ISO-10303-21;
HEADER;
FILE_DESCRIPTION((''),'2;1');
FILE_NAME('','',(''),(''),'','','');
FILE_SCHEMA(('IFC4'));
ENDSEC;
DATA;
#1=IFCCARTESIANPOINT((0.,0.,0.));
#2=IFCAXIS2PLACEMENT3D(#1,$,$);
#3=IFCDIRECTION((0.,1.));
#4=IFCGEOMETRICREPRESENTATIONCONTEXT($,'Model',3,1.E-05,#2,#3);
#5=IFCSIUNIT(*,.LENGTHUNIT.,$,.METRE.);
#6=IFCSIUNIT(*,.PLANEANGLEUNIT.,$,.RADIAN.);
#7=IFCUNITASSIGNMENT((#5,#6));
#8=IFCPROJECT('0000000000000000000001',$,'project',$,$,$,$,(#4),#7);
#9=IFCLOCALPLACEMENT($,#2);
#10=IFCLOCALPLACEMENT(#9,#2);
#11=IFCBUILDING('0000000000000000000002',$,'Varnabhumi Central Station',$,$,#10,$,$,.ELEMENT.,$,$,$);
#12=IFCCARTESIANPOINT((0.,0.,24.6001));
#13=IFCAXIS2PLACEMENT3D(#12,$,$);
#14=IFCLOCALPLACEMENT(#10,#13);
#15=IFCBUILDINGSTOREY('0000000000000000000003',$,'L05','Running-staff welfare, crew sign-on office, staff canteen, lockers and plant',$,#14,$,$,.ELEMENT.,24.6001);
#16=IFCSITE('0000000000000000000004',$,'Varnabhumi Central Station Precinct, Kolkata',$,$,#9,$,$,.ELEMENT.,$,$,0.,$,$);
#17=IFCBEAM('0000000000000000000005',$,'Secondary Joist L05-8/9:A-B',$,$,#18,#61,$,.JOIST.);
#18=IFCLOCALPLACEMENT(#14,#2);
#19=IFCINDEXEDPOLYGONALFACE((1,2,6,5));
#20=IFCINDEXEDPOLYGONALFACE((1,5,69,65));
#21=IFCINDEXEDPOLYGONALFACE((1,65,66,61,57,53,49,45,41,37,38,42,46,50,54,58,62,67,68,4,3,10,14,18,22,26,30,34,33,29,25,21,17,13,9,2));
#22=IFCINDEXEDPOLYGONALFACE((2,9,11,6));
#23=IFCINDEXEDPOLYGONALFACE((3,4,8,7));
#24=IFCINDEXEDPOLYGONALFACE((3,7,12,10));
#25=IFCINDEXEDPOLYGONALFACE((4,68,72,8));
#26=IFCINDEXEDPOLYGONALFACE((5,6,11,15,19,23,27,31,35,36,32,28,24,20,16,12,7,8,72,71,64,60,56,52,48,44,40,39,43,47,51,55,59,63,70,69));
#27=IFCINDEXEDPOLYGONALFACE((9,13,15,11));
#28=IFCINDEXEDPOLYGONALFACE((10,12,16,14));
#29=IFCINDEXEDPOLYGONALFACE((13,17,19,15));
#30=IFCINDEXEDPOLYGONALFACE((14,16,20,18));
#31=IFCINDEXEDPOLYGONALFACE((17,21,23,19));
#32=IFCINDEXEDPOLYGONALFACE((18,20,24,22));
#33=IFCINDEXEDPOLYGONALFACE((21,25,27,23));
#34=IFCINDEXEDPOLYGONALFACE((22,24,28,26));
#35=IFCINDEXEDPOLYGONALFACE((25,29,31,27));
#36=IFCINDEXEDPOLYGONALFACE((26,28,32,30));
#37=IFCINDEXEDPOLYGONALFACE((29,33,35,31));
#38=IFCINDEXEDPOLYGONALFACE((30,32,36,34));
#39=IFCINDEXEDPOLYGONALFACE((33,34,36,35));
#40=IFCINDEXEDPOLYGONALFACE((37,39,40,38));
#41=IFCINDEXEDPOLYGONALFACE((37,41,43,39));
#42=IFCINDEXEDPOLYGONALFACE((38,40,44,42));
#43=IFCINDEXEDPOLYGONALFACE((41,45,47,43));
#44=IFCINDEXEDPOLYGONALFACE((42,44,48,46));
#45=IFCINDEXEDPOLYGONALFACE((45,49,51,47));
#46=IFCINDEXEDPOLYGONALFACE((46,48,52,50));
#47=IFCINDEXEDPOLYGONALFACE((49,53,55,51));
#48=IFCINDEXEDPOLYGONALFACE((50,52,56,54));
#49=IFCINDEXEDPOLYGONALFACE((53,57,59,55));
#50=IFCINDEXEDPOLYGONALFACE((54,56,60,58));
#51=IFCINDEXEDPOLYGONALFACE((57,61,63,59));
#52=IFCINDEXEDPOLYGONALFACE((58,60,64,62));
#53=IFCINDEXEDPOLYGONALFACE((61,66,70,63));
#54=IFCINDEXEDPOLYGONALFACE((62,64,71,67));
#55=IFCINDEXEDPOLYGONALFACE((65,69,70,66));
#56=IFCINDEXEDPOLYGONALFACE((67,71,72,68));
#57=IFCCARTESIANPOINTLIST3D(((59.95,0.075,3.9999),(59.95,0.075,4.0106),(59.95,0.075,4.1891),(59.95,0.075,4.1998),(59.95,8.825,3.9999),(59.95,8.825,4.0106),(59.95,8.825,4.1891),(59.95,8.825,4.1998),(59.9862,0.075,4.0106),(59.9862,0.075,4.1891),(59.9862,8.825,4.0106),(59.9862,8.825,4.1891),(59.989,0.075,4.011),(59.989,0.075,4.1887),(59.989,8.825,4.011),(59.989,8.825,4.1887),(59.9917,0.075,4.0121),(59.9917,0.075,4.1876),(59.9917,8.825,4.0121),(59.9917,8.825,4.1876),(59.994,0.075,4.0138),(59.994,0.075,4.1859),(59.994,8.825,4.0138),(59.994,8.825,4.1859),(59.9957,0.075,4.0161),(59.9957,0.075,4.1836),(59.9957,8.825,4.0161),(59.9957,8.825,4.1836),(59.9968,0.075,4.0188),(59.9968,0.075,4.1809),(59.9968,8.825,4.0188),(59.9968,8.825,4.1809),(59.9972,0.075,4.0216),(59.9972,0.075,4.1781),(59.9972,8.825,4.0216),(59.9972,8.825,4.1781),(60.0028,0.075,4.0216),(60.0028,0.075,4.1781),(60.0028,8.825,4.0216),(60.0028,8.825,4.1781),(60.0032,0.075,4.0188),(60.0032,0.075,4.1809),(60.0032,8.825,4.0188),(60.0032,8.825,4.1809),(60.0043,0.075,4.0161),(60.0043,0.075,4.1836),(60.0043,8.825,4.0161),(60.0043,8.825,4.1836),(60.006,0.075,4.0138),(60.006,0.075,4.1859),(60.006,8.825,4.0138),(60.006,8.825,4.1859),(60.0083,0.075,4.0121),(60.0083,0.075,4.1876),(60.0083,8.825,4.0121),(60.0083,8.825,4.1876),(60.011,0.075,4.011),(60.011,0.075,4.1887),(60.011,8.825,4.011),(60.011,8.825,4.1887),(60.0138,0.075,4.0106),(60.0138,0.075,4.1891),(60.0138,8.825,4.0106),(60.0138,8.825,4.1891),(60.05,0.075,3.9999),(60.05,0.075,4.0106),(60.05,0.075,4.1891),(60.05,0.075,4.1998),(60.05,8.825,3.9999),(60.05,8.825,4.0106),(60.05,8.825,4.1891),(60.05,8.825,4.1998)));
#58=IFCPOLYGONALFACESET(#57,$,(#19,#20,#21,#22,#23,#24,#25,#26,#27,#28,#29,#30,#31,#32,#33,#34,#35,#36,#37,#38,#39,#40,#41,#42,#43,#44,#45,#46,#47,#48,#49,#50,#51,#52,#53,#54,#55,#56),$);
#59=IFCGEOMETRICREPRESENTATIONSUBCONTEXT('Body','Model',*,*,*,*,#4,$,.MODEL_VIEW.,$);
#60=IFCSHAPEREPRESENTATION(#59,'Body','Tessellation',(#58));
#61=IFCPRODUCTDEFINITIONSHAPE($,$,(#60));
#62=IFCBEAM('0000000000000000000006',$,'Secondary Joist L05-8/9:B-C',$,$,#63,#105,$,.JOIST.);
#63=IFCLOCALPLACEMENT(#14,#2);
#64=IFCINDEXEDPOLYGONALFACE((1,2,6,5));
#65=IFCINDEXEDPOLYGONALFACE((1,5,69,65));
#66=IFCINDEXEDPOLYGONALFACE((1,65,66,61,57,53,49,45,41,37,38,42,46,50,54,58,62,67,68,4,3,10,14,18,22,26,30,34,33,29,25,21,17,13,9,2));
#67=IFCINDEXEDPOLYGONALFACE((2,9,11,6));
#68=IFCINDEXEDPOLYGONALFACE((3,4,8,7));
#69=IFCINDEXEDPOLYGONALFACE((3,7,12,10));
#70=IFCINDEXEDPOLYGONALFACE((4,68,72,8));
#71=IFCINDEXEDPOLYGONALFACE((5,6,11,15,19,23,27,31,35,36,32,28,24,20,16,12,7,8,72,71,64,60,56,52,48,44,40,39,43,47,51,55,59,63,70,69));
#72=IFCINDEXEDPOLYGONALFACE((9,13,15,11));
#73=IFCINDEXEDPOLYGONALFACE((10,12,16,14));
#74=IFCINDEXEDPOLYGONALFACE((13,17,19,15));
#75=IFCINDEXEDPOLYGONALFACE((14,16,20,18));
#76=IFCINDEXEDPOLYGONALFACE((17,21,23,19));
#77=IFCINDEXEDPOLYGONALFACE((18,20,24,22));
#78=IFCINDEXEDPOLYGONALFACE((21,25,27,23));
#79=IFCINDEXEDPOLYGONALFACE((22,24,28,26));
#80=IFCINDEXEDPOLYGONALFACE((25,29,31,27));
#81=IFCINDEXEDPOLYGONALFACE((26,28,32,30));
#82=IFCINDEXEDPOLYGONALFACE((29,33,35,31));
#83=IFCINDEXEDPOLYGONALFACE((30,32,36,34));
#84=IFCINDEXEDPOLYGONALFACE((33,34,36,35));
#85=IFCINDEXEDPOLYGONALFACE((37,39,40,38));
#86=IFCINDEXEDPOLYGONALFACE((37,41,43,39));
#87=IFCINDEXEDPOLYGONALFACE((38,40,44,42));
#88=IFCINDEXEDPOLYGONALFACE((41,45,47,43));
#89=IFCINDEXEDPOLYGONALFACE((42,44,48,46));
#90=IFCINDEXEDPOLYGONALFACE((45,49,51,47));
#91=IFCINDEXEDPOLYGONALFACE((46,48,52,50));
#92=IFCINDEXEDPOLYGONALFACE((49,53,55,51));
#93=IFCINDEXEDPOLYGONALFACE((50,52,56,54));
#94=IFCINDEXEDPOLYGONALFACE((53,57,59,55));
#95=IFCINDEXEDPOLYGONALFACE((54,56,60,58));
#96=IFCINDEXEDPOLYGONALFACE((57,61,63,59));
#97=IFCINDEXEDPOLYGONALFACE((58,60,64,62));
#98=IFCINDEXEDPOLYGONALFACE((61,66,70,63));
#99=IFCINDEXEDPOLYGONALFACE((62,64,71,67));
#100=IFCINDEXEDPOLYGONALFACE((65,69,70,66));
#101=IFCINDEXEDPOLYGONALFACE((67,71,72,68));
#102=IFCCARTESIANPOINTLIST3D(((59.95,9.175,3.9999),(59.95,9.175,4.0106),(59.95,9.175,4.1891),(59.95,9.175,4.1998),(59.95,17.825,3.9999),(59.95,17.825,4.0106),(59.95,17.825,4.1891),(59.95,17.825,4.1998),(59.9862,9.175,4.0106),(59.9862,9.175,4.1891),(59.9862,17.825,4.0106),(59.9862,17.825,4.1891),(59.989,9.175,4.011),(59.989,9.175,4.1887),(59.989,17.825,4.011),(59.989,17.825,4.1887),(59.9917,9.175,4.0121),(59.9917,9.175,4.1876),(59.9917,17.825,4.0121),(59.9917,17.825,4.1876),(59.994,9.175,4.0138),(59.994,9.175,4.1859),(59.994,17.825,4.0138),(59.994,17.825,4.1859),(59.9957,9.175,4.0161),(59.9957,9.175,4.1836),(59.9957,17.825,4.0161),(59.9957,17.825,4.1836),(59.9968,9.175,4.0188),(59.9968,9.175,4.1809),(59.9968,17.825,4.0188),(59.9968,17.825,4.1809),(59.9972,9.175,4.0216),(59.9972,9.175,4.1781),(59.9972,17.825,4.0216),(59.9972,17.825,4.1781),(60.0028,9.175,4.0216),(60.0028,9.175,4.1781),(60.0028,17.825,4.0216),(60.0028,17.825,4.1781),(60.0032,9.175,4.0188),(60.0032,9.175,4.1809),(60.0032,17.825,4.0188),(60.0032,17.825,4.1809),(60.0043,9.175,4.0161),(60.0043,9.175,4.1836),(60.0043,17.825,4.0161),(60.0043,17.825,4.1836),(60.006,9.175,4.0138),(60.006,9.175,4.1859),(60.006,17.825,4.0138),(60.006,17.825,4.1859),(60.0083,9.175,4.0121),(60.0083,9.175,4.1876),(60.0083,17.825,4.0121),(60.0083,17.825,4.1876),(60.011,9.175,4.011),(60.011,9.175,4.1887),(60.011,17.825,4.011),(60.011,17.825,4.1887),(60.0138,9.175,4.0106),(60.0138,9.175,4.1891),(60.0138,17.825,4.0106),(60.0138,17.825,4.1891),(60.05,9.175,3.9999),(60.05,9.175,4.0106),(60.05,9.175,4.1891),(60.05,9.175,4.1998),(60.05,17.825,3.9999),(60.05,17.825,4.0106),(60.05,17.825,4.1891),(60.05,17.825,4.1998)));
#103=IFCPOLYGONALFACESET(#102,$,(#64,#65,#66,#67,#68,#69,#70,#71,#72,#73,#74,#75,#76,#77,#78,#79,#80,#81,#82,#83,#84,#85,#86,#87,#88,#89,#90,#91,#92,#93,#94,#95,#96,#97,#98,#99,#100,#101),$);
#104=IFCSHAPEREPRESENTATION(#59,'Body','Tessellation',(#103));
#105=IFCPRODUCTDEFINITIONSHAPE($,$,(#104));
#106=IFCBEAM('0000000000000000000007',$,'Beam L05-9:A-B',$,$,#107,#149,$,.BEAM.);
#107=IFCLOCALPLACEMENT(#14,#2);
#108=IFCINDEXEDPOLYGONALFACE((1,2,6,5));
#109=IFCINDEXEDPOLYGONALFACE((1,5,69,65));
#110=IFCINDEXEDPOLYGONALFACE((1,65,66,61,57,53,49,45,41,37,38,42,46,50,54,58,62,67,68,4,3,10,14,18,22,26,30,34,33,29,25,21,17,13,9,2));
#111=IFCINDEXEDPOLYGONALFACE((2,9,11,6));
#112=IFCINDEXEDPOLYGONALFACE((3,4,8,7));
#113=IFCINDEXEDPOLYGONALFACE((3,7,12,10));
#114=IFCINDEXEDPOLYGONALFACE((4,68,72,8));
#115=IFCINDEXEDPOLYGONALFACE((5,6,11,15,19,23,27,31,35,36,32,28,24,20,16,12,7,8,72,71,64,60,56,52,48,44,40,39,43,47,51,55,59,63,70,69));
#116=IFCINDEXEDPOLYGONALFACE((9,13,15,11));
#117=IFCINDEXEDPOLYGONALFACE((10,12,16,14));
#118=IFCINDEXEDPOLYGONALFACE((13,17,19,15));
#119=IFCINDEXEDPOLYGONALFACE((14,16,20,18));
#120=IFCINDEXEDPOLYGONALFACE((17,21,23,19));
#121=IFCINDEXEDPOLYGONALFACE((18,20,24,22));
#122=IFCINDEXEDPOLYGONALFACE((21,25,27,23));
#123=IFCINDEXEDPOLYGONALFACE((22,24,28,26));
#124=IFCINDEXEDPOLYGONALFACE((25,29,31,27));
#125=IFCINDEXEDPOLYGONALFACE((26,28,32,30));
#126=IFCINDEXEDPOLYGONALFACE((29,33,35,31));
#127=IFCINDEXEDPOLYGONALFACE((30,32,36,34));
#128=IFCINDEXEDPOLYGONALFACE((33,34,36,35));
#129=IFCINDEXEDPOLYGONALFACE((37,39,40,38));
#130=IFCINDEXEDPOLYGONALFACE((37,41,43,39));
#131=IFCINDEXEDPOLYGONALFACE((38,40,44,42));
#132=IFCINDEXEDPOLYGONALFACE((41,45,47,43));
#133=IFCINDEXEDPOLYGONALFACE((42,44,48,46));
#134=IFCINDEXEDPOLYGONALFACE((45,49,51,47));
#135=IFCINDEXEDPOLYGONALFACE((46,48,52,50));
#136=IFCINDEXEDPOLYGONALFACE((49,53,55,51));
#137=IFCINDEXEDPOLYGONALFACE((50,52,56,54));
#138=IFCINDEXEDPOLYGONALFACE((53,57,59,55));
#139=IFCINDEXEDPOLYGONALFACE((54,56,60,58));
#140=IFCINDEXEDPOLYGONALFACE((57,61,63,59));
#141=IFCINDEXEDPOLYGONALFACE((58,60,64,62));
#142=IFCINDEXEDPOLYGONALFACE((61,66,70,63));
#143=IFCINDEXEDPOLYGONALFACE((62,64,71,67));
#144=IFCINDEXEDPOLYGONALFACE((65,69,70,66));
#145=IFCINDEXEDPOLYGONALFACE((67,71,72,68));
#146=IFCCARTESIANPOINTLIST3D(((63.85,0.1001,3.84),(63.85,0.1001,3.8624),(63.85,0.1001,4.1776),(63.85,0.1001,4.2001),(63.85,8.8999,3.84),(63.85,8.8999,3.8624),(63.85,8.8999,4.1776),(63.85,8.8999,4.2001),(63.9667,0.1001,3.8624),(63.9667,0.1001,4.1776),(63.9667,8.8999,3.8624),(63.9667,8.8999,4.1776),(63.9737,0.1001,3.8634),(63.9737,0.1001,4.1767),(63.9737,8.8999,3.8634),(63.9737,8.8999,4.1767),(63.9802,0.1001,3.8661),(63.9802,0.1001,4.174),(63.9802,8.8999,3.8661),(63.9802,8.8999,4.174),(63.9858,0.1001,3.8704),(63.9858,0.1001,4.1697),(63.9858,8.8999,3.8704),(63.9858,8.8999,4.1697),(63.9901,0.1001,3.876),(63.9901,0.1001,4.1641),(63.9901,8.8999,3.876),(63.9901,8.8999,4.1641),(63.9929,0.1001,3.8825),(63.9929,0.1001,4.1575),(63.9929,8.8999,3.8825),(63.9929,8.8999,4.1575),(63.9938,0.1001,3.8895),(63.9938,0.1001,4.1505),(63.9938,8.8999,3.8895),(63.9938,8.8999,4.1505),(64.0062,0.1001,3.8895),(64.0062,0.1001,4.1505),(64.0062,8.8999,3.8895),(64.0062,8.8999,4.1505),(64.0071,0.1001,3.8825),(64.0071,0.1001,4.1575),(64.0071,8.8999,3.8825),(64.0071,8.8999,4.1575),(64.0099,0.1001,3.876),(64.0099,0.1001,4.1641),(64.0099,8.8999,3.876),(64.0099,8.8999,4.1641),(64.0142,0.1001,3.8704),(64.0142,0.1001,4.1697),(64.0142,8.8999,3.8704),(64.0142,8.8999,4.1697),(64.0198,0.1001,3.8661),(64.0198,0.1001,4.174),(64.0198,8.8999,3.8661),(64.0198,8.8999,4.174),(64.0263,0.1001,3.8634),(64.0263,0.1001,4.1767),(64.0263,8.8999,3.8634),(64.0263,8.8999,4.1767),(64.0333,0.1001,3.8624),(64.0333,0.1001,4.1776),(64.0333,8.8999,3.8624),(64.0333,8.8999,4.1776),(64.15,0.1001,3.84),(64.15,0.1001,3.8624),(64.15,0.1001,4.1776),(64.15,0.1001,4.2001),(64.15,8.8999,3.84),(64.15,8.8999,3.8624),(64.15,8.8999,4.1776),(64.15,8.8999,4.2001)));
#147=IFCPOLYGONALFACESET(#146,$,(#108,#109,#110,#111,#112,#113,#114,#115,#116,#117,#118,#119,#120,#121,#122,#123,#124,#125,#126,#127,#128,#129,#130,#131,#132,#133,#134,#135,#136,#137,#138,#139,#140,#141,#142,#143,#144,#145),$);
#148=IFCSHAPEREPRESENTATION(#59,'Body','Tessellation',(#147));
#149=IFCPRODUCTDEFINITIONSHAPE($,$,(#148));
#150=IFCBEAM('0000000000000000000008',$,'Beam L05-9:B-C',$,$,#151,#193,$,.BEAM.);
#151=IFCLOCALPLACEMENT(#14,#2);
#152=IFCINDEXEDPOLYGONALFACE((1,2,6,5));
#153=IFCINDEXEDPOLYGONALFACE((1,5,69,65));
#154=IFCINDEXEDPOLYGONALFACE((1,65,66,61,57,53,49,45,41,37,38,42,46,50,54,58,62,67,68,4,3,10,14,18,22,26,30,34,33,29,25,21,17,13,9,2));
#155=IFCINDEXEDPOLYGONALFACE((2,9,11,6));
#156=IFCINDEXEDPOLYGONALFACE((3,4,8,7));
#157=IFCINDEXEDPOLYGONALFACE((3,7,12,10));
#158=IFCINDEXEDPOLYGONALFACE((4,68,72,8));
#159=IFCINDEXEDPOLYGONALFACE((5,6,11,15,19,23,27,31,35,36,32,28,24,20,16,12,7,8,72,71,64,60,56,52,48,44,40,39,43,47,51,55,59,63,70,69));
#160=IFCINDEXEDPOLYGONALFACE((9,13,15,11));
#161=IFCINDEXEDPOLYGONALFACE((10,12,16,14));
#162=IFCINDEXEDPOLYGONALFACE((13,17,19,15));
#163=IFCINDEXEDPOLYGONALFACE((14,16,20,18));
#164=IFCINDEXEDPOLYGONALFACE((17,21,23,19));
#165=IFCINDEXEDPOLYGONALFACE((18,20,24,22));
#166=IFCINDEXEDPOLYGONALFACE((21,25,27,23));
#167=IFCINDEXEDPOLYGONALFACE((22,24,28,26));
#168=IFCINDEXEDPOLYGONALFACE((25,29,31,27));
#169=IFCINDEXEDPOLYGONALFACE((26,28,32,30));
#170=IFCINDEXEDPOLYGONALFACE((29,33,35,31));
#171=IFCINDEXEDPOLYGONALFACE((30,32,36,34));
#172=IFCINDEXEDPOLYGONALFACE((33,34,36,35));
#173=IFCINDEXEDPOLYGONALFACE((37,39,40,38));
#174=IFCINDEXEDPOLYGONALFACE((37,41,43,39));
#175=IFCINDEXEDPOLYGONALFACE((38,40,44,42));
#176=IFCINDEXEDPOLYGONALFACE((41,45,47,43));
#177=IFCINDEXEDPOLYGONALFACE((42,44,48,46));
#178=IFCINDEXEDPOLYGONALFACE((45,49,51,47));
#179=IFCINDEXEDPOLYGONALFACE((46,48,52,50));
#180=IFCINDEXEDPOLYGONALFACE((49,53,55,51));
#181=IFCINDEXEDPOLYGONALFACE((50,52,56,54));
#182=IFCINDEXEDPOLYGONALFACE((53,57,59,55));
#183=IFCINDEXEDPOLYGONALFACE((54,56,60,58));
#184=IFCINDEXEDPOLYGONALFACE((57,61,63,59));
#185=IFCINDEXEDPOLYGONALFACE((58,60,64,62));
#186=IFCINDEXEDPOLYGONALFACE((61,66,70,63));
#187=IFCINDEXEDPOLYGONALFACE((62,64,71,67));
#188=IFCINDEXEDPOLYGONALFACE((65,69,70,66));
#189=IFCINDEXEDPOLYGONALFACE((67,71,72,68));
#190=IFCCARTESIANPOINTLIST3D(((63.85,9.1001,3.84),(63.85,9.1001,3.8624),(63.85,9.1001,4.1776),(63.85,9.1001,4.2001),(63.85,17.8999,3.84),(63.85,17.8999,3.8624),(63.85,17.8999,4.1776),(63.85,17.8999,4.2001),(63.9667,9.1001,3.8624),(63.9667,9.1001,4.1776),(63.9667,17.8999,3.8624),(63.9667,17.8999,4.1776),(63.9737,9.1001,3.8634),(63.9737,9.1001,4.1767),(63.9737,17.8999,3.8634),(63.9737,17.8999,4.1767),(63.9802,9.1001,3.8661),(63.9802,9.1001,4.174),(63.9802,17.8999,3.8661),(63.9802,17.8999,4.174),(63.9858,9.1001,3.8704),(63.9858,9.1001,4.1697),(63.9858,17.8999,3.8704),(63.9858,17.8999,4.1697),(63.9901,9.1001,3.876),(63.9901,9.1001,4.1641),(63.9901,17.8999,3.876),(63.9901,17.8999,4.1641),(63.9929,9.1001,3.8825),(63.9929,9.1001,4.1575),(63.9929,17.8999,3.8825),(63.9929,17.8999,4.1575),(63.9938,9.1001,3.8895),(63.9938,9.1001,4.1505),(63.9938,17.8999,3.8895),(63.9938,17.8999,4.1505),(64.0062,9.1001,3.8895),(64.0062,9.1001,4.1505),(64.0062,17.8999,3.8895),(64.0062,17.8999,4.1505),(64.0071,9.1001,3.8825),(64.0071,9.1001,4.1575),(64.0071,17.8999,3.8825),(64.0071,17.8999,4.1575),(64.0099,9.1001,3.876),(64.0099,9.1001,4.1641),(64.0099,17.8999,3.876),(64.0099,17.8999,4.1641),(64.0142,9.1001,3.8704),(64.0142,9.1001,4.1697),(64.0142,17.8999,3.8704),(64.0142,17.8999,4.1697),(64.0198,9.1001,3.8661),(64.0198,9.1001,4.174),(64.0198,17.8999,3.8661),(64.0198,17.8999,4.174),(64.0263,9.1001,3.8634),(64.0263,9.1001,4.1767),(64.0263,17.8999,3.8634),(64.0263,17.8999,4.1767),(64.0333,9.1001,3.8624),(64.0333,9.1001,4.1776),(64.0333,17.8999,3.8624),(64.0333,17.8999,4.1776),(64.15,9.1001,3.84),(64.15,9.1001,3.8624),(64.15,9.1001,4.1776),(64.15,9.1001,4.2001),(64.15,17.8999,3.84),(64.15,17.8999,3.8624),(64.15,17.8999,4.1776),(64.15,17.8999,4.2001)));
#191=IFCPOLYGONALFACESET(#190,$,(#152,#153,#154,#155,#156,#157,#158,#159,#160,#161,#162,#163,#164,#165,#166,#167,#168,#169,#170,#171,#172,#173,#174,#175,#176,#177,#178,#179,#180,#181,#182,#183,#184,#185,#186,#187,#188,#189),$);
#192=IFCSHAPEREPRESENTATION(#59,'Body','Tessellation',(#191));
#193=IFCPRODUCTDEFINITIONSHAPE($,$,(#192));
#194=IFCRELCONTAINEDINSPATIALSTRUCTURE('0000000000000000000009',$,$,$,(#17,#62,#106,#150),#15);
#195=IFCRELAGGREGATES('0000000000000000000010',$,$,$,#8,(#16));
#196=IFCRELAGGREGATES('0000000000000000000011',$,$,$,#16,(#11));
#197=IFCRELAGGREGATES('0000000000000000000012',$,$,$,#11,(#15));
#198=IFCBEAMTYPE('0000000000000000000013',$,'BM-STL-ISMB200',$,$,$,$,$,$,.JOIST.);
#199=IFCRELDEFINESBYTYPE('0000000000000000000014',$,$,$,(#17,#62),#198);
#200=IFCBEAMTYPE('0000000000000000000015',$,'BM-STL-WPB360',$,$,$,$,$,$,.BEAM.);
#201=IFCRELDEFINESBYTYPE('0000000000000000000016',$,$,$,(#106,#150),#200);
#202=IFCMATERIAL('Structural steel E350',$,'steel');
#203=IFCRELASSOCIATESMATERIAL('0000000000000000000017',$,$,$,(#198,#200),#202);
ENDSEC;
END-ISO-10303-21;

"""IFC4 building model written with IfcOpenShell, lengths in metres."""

from ifc_helpers import new_model, si_unit, direction, frame, origin, origin_2d, place, context, subcontext, project, spatial, i_section, extrude, material, material_profile, profile_set, type_object, element, save


model = new_model("IFC4")

# Units and contexts
model_context = context("Model", 3, precision=1e-05, world=origin(), true_north=direction((0.0, 1.0)))
body_context = subcontext(model_context, "Body", "Model", "MODEL_VIEW")
ifc_project = project(units=[si_unit("LENGTHUNIT", "METRE"), si_unit("PLANEANGLEUNIT", "RADIAN")], contexts=[model_context])

# Site, building, storey
site_placement = place(None, origin())
site = spatial("IfcSite", under=ifc_project, at=site_placement, Name="Varnabhumi Central Station Precinct, Kolkata", CompositionType="ELEMENT", RefElevation=0.0)
building_placement = place(site_placement, origin())
building = spatial("IfcBuilding", under=site, at=building_placement, Name="Varnabhumi Central Station", CompositionType="ELEMENT")
storey_placement = place(building_placement, frame((0.0, 0.0, 24.6001)))
storey = spatial("IfcBuildingStorey", under=building, at=storey_placement, Name="L05", Description="Running-staff welfare, crew sign-on office, staff canteen, lockers and plant", CompositionType="ELEMENT", Elevation=24.6001)

# Shared definitions
ifc_material_1 = material(Name="Structural steel E350", Category="steel")

# Beams
ifc_material_profile_1 = material_profile(ifc_material_1, i_section(OverallWidth=0.1001, OverallDepth=0.2, WebThickness=0.0056, FlangeThickness=0.0107, FilletRadius=0.011, at=origin_2d()), Name="Structural steel E350", Category="steel")
ifc_profile_set_1 = profile_set([ifc_material_profile_1], Name="Structural steel E350")
beam_type_1 = type_object("IfcBeamType", Name="BM-STL-ISMB200", PredefinedType="JOIST", material=ifc_profile_set_1)
beam_1_placement = place(storey_placement, frame((60.0, 0.075, 4.0999), z_axis=(0.0, 1.0, 0.0), x_axis=(-1.0, 0.0, 0.0)))
element("IfcBeam", 1, at=beam_1_placement, inside=storey, type_object=beam_type_1, Name="Secondary Joist L05-8/9:A-B", PredefinedType="JOIST", context=body_context, shape_type="SweptSolid", body=[
    extrude(i_section(OverallWidth=0.1001, OverallDepth=0.2, WebThickness=0.0056, FlangeThickness=0.0107, FilletRadius=0.011, at=origin_2d()), origin(), (0.0, 0.0, 1.0), 8.75),
])
beam_2_placement = place(storey_placement, frame((60.0, 9.175, 4.0999), z_axis=(0.0, 1.0, 0.0), x_axis=(-1.0, 0.0, 0.0)))
element("IfcBeam", 2, at=beam_2_placement, inside=storey, type_object=beam_type_1, Name="Secondary Joist L05-8/9:B-C", PredefinedType="JOIST", context=body_context, shape_type="SweptSolid", body=[
    extrude(i_section(OverallWidth=0.1001, OverallDepth=0.2, WebThickness=0.0056, FlangeThickness=0.0107, FilletRadius=0.011, at=origin_2d()), origin(), (0.0, 0.0, 1.0), 8.6499),
])
ifc_material_profile_2 = material_profile(ifc_material_1, i_section(OverallWidth=0.3, OverallDepth=0.3601, WebThickness=0.0125, FlangeThickness=0.0225, FilletRadius=0.0271, at=origin_2d()), Name="Structural steel E350", Category="steel")
ifc_profile_set_2 = profile_set([ifc_material_profile_2], Name="Structural steel E350")
beam_type_2 = type_object("IfcBeamType", Name="BM-STL-WPB360", PredefinedType="BEAM", material=ifc_profile_set_2)
for number, where, z_axis, x_axis, name in (
    (3, (64.0, 0.1001, 4.02), (0.0, 1.0, 0.0), (-1.0, 0.0, 0.0), "Beam L05-9:A-B"),
    (4, (64.0, 9.1001, 4.02), (0.0, 1.0, 0.0), (-1.0, 0.0, 0.0), "Beam L05-9:B-C"),
):
    element("IfcBeam", number, at=place(storey_placement, frame(where, z_axis=z_axis, x_axis=x_axis)), inside=storey, type_object=beam_type_2, Name=name, PredefinedType="BEAM", context=body_context, shape_type="SweptSolid", body=[
        extrude(i_section(OverallWidth=0.3, OverallDepth=0.3601, WebThickness=0.0125, FlangeThickness=0.0225, FilletRadius=0.0271, at=origin_2d()), origin(), (0.0, 0.0, 1.0), 8.7998),
    ])

save(model, "model.ifc")
